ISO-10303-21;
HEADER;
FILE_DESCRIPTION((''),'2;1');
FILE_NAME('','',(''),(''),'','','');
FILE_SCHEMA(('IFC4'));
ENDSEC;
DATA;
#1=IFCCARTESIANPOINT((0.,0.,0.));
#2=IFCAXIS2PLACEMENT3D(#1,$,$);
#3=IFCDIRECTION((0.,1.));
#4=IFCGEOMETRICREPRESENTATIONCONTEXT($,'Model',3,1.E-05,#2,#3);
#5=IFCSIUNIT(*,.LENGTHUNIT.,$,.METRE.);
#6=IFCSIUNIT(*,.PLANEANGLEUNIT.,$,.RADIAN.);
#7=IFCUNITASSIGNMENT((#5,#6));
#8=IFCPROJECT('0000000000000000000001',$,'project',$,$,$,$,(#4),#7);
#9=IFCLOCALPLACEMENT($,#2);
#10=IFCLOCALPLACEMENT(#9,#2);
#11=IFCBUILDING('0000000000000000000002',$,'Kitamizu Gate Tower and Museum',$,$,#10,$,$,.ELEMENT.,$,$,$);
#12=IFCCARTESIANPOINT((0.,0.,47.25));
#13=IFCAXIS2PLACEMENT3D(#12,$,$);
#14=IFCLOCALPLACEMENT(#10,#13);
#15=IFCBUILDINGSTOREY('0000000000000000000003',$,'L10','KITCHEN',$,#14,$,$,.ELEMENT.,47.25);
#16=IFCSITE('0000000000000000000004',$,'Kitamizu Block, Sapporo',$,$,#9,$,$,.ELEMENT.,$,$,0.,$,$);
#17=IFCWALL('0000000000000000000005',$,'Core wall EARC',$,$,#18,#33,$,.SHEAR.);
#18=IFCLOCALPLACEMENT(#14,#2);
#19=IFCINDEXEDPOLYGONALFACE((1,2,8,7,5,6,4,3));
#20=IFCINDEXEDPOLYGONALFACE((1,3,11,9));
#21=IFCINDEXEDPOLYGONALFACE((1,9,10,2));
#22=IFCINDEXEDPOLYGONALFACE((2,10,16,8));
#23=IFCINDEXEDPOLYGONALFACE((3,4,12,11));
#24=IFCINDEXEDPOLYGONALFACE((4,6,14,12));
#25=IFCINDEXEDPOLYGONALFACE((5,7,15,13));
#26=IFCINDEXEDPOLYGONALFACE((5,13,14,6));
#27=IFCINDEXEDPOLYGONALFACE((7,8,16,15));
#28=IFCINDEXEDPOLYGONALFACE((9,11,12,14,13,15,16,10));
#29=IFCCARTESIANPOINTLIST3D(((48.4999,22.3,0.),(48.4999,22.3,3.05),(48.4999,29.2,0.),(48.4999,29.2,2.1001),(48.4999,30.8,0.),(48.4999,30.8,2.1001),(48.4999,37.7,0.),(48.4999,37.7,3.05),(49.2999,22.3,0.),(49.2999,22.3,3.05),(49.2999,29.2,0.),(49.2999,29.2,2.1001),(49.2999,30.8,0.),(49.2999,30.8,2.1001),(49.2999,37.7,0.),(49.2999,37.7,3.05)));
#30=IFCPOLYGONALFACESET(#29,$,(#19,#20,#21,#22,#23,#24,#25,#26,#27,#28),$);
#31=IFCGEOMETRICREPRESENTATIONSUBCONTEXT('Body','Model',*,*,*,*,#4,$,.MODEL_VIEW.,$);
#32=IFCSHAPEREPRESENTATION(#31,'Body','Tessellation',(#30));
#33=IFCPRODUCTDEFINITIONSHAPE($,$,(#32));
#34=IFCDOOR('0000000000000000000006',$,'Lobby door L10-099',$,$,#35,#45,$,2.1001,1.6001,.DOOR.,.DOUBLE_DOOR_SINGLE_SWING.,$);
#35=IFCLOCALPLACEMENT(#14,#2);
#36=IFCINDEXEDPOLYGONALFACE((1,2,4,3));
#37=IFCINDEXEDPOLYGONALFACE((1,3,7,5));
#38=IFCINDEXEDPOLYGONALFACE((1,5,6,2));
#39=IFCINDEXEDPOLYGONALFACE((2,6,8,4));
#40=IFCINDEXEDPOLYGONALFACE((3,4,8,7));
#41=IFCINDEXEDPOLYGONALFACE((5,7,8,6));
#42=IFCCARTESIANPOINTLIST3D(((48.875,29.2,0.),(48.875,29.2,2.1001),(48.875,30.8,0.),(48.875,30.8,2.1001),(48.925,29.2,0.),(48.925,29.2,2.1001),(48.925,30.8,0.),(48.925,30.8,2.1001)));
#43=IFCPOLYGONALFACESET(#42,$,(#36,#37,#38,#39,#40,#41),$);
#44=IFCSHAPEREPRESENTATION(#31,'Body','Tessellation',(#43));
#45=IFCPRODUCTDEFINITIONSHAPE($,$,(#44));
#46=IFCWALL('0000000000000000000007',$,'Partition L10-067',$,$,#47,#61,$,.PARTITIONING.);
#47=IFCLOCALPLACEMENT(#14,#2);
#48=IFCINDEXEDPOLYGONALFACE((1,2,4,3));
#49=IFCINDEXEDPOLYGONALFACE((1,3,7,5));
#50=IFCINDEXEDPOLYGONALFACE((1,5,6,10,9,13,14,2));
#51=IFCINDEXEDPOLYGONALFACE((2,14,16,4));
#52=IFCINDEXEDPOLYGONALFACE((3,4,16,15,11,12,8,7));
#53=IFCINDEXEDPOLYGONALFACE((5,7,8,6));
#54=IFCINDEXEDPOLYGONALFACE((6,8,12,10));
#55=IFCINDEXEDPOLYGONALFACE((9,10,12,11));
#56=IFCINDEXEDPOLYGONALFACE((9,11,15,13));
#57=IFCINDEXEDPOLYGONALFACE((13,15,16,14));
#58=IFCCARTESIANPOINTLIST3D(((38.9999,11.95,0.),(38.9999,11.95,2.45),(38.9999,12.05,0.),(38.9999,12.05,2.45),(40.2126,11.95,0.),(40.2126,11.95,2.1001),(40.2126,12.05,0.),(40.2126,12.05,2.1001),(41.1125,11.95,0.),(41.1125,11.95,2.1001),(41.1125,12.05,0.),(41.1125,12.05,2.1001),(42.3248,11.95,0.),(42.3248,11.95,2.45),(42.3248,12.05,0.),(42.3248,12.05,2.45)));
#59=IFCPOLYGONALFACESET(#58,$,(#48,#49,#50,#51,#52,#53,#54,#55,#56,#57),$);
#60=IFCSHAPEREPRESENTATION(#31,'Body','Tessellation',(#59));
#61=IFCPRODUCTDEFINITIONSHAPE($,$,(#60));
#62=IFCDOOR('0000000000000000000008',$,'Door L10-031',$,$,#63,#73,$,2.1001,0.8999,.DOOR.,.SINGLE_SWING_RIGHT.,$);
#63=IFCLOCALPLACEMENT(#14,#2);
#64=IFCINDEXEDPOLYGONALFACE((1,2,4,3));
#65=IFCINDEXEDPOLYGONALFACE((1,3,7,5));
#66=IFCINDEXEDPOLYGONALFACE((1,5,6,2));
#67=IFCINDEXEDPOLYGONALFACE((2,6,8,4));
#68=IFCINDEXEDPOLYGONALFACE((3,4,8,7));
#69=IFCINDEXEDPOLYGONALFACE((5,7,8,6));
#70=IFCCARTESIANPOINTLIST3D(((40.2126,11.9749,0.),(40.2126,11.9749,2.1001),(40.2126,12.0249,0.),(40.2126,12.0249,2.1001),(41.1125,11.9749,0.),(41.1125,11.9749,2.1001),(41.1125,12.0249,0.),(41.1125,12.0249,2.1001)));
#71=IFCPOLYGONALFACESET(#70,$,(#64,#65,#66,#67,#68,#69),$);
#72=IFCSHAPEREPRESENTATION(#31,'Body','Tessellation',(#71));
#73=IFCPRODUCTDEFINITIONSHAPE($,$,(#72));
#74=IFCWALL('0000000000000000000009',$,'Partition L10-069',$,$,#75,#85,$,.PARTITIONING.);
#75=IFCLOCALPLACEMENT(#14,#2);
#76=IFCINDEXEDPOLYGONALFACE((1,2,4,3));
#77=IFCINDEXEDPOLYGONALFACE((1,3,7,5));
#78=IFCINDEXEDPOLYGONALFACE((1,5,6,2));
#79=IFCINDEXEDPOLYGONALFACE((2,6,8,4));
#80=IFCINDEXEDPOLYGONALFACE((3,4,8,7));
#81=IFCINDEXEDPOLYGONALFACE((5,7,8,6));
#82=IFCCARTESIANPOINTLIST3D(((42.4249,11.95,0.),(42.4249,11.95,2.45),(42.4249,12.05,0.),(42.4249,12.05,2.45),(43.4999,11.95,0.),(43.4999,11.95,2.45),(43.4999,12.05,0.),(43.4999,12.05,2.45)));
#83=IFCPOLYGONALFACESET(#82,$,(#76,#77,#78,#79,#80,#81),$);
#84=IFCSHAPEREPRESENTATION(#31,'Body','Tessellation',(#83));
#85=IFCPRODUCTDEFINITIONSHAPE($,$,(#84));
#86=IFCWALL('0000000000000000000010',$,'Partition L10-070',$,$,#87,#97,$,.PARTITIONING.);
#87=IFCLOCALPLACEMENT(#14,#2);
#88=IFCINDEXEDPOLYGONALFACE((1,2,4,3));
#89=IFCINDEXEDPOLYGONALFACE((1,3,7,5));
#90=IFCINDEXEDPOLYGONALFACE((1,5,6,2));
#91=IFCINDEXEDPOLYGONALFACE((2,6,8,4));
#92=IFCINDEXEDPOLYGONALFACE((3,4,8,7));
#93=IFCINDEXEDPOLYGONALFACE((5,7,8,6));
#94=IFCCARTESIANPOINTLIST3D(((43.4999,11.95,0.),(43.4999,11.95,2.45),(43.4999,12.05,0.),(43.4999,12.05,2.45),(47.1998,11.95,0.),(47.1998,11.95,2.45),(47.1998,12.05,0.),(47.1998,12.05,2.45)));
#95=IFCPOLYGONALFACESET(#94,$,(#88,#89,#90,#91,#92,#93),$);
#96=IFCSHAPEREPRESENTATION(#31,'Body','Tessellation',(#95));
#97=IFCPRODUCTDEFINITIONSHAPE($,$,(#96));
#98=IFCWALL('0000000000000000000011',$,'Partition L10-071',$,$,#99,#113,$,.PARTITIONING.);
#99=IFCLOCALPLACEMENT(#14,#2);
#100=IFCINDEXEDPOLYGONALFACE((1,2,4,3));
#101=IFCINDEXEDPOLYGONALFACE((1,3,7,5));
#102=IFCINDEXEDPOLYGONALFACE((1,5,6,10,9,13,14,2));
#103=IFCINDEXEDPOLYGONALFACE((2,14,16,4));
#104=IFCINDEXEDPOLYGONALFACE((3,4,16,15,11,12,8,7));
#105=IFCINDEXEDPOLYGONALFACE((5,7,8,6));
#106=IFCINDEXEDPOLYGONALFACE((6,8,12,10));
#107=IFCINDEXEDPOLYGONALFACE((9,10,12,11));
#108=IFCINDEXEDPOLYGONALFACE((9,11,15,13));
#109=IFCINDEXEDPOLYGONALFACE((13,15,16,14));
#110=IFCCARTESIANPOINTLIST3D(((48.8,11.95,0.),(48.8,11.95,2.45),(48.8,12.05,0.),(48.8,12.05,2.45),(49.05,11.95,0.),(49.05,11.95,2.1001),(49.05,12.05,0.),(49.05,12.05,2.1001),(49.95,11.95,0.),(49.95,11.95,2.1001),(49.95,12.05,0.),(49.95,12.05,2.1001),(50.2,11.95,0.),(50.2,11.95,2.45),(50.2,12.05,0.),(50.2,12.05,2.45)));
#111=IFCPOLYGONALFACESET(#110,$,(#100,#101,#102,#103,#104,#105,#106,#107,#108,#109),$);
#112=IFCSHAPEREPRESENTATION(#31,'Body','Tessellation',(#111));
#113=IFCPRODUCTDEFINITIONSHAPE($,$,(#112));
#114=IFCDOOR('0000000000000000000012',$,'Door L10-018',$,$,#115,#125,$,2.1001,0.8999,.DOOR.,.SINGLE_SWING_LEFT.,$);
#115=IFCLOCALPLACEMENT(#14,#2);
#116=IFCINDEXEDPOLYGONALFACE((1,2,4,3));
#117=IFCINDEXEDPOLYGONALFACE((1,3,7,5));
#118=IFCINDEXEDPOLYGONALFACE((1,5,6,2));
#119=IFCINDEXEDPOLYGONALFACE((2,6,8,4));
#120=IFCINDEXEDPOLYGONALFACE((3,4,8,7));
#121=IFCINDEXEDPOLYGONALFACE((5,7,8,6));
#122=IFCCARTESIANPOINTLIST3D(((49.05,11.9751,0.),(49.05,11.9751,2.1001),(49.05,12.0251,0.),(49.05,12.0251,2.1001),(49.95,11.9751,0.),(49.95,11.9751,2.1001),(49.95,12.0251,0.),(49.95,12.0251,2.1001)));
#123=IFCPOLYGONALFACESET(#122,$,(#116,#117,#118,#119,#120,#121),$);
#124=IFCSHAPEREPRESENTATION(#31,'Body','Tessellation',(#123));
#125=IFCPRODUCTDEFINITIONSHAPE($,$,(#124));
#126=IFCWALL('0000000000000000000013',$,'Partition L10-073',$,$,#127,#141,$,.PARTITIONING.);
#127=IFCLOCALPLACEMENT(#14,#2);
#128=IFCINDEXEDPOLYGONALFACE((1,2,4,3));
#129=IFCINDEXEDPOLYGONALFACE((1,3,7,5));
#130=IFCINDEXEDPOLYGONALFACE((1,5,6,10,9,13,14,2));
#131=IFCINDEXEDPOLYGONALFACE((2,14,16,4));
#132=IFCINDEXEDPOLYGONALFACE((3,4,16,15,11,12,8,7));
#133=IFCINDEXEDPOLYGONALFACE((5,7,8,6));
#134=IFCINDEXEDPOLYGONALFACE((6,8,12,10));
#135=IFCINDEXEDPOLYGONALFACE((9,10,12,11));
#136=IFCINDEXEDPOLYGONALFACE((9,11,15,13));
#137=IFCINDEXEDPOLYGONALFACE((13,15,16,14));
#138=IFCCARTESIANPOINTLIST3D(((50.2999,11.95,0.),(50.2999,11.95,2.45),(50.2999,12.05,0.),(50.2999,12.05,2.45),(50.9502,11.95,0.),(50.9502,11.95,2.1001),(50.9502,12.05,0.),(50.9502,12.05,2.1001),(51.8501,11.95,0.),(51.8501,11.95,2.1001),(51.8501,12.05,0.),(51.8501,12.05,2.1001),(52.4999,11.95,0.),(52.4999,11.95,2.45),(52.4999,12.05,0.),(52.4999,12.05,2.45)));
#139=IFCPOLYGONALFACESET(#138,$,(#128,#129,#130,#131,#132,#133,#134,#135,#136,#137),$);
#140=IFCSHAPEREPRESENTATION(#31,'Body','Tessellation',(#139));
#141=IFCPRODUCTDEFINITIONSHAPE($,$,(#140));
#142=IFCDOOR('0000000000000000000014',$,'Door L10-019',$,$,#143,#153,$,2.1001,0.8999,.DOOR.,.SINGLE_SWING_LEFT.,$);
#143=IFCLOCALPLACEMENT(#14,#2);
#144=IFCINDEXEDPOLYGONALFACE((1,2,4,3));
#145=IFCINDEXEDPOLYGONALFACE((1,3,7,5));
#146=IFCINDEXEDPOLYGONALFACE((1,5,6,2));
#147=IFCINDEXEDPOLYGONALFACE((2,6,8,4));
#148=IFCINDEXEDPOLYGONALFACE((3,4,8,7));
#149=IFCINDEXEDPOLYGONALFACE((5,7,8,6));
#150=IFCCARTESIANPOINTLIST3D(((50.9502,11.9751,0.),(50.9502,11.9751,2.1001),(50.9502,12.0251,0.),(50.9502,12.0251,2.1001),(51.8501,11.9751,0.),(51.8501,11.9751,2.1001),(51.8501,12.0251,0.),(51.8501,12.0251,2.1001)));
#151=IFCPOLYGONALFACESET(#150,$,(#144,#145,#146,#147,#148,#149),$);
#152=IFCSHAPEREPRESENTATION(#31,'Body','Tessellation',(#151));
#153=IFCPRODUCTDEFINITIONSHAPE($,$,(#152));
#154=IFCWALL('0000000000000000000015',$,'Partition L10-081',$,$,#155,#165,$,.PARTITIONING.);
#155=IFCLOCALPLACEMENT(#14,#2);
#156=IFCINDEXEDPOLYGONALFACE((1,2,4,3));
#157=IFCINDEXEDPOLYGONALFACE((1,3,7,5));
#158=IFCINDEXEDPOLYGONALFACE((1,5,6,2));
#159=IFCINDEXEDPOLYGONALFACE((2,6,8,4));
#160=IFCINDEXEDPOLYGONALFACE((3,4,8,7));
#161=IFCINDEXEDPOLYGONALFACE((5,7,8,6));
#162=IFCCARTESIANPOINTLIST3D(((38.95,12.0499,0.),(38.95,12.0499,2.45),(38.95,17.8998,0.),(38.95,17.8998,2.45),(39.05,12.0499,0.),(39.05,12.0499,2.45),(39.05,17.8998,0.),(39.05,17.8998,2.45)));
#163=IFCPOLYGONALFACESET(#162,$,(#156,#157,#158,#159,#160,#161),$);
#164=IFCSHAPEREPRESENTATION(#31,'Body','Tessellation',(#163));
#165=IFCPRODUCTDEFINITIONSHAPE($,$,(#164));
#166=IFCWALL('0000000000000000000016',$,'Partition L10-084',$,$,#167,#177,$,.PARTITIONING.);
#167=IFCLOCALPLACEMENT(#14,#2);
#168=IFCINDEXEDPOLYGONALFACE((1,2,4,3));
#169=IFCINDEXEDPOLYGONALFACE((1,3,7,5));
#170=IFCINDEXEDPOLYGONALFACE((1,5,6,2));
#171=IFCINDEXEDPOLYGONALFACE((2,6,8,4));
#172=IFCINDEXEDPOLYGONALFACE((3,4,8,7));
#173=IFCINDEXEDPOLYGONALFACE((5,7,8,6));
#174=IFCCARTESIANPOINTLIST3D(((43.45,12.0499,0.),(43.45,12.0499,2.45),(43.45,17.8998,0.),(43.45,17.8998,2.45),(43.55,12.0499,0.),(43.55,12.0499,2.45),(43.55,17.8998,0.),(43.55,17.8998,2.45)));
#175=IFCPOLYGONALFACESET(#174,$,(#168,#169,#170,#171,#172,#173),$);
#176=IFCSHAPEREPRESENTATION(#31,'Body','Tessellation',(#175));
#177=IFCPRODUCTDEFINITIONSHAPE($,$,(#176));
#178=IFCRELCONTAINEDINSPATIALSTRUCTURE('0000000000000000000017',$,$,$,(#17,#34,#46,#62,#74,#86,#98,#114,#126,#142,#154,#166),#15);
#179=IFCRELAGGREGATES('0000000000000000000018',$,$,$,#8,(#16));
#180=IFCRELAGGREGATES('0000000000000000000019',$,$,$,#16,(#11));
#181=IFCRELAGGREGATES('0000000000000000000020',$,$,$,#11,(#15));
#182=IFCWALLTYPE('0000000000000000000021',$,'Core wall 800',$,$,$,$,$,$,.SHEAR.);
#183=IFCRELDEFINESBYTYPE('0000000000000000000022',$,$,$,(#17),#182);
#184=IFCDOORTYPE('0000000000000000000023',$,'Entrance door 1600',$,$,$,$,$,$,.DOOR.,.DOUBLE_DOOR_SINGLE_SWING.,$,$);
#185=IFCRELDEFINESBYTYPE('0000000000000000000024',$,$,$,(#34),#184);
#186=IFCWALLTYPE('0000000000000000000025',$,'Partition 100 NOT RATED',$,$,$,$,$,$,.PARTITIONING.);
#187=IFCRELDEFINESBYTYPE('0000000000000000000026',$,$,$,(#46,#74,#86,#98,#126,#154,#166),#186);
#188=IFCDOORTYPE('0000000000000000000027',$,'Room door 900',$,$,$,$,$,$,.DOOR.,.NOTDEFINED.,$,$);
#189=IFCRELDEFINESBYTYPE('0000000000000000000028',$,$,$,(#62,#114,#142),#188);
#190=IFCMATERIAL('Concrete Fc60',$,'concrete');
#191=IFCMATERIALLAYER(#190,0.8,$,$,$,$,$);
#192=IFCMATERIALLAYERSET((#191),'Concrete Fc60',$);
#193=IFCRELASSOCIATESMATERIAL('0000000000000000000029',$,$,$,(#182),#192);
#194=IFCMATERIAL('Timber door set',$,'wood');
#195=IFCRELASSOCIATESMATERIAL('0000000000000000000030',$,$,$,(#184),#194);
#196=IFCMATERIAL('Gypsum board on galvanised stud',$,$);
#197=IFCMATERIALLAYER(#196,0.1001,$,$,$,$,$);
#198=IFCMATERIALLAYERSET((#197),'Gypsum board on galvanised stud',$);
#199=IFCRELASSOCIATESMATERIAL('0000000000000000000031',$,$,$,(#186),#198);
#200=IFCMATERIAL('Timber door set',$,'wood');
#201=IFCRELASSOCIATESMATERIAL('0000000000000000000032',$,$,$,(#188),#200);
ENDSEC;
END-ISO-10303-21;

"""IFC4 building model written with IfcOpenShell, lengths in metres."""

from ifc_helpers import new_model, si_unit, direction, frame, frame_2d, origin, place, context, subcontext, project, spatial, rectangle, extrude, material, layer, layer_set, type_object, element, fill, save


model = new_model("IFC4")

# Units and contexts
model_context = context("Model", 3, precision=1e-05, world=origin(), true_north=direction((0.0, 1.0)))
body_context = subcontext(model_context, "Body", "Model", "MODEL_VIEW")
ifc_project = project(units=[si_unit("LENGTHUNIT", "METRE"), si_unit("PLANEANGLEUNIT", "RADIAN")], contexts=[model_context])

# Site, building, storey
site_placement = place(None, origin())
site = spatial("IfcSite", under=ifc_project, at=site_placement, Name="Kitamizu Block, Sapporo", CompositionType="ELEMENT", RefElevation=0.0)
building_placement = place(site_placement, origin())
building = spatial("IfcBuilding", under=site, at=building_placement, Name="Kitamizu Gate Tower and Museum", CompositionType="ELEMENT")
storey_placement = place(building_placement, frame((0.0, 0.0, 47.25)))
storey = spatial("IfcBuildingStorey", under=building, at=storey_placement, Name="L10", Description="KITCHEN", CompositionType="ELEMENT", Elevation=47.25)

# Walls, openings, doors
ifc_material_1 = material(Name="Concrete Fc60", Category="concrete")
ifc_layer_1 = layer(ifc_material_1, 0.8)
ifc_layer_set_1 = layer_set([ifc_layer_1], Name="Concrete Fc60")
wall_type_1 = type_object("IfcWallType", Name="Core wall 800", PredefinedType="SHEAR", material=ifc_layer_set_1)
wall_1_placement = place(storey_placement, frame((48.8999, 22.3, 0.0), z_axis=(0.0, 0.0, 1.0), x_axis=(0.0, 1.0, 0.0)))
wall_1 = element("IfcWall", 1, at=wall_1_placement, inside=storey, type_object=wall_type_1, Name="Core wall EARC", PredefinedType="SHEAR", context=body_context, shape_type="SweptSolid", body=[
    extrude(rectangle(XDim=15.3999, YDim=0.8, at=frame_2d((7.7, 0.0))), origin(), (0.0, 0.0, 1.0), 3.05),
])
opening_1_placement = place(wall_1_placement, frame((6.8999, 0.0, 0.0)))
opening_1 = element("IfcOpeningElement", 2, at=opening_1_placement, cuts=wall_1, PredefinedType="OPENING", context=body_context, shape_type="SweptSolid", body=[
    extrude(rectangle(XDim=1.6001, YDim=2.1001, at=frame_2d((0.8, 1.05))), frame((0.0, 0.4102, 0.0), z_axis=(0.0, -1.0, 0.0), x_axis=(1.0, 0.0, 0.0)), (0.0, 0.0, 1.0), 0.8201),
])
ifc_material_2 = material(Name="Timber door set", Category="wood")
door_type_1 = type_object("IfcDoorType", Name="Entrance door 1600", OperationType="DOUBLE_DOOR_SINGLE_SWING", PredefinedType="DOOR", material=ifc_material_2)
door_1_placement = place(opening_1_placement, origin())
door_1 = element("IfcDoor", 3, at=door_1_placement, inside=storey, type_object=door_type_1, Name="Lobby door L10-099", OperationType="DOUBLE_DOOR_SINGLE_SWING", OverallHeight=2.1001, OverallWidth=1.6001, PredefinedType="DOOR", context=body_context, shape_type="SweptSolid", body=[
    extrude(rectangle(XDim=1.6001, YDim=2.1001, at=frame_2d((0.8, 1.05))), frame((0.0, 0.0249, 0.0), z_axis=(0.0, -1.0, 0.0), x_axis=(1.0, 0.0, 0.0)), (0.0, 0.0, 1.0), 0.05),
])
fill(opening_1, door_1)
ifc_material_3 = material(Name="Gypsum board on galvanised stud")
ifc_layer_2 = layer(ifc_material_3, 0.1001)
ifc_layer_set_2 = layer_set([ifc_layer_2], Name="Gypsum board on galvanised stud")
wall_type_2 = type_object("IfcWallType", Name="Partition 100 NOT RATED", PredefinedType="PARTITIONING", material=ifc_layer_set_2)
wall_2_placement = place(storey_placement, frame((42.325, 12.0, 0.0), z_axis=(0.0, 0.0, 1.0), x_axis=(-1.0, 0.0, 0.0)))
wall_2 = element("IfcWall", 4, at=wall_2_placement, inside=storey, type_object=wall_type_2, Name="Partition L10-067", PredefinedType="PARTITIONING", context=body_context, shape_type="SweptSolid", body=[
    extrude(rectangle(XDim=3.325, YDim=0.1001, at=frame_2d((1.6626, 0.0))), origin(), (0.0, 0.0, 1.0), 2.45),
])
opening_2_placement = place(wall_2_placement, frame((1.2124, 0.0, 0.0)))
opening_2 = element("IfcOpeningElement", 5, at=opening_2_placement, cuts=wall_2, PredefinedType="OPENING", context=body_context, shape_type="SweptSolid", body=[
    extrude(rectangle(XDim=0.8999, YDim=2.1001, at=frame_2d((0.45, 1.05))), frame((0.0, 0.0601, 0.0), z_axis=(0.0, -1.0, 0.0), x_axis=(1.0, 0.0, 0.0)), (0.0, 0.0, 1.0), 0.1201),
])
ifc_material_4 = material(Name="Timber door set", Category="wood")
door_type_2 = type_object("IfcDoorType", Name="Room door 900", OperationType="NOTDEFINED", PredefinedType="DOOR", material=ifc_material_4)
door_2_placement = place(opening_2_placement, frame((0.8999, 0.0, 0.0), x_axis=(-1.0, 0.0, 0.0)))
door_2 = element("IfcDoor", 6, at=door_2_placement, inside=storey, type_object=door_type_2, Name="Door L10-031", OperationType="SINGLE_SWING_RIGHT", OverallHeight=2.1001, OverallWidth=0.8999, PredefinedType="DOOR", context=body_context, shape_type="SweptSolid", body=[
    extrude(rectangle(XDim=0.8999, YDim=2.1001, at=frame_2d((0.45, 1.05))), frame((0.0, 0.0249, 0.0), z_axis=(0.0, -1.0, 0.0), x_axis=(1.0, 0.0, 0.0)), (0.0, 0.0, 1.0), 0.05),
])
fill(opening_2, door_2)

# Walls
wall_3_placement = place(storey_placement, frame((43.5, 12.0, 0.0), z_axis=(0.0, 0.0, 1.0), x_axis=(-1.0, 0.0, 0.0)))
element("IfcWall", 7, at=wall_3_placement, inside=storey, type_object=wall_type_2, Name="Partition L10-069", PredefinedType="PARTITIONING", context=body_context, shape_type="SweptSolid", body=[
    extrude(rectangle(XDim=1.075, YDim=0.1001, at=frame_2d((0.5376, 0.0))), origin(), (0.0, 0.0, 1.0), 2.45),
])
wall_4_placement = place(storey_placement, frame((47.2, 12.0, 0.0), z_axis=(0.0, 0.0, 1.0), x_axis=(-1.0, 0.0, 0.0)))
element("IfcWall", 8, at=wall_4_placement, inside=storey, type_object=wall_type_2, Name="Partition L10-070", PredefinedType="PARTITIONING", context=body_context, shape_type="SweptSolid", body=[
    extrude(rectangle(XDim=3.7, YDim=0.1001, at=frame_2d((1.8501, 0.0))), origin(), (0.0, 0.0, 1.0), 2.45),
])

# Walls, openings, doors
wall_5_placement = place(storey_placement, frame((50.2, 12.0, 0.0), z_axis=(0.0, 0.0, 1.0), x_axis=(-1.0, 0.0, 0.0)))
wall_5 = element("IfcWall", 9, at=wall_5_placement, inside=storey, type_object=wall_type_2, Name="Partition L10-071", PredefinedType="PARTITIONING", context=body_context, shape_type="SweptSolid", body=[
    extrude(rectangle(XDim=1.3999, YDim=0.1001, at=frame_2d((0.7, 0.0))), origin(), (0.0, 0.0, 1.0), 2.45),
])
opening_3_placement = place(wall_5_placement, frame((0.25, 0.0, 0.0)))
opening_3 = element("IfcOpeningElement", 10, at=opening_3_placement, cuts=wall_5, PredefinedType="OPENING", context=body_context, shape_type="SweptSolid", body=[
    extrude(rectangle(XDim=0.8999, YDim=2.1001, at=frame_2d((0.45, 1.05))), frame((0.0, 0.0601, 0.0), z_axis=(0.0, -1.0, 0.0), x_axis=(1.0, 0.0, 0.0)), (0.0, 0.0, 1.0), 0.1201),
])
door_3_placement = place(opening_3_placement, origin())
door_3 = element("IfcDoor", 11, at=door_3_placement, inside=storey, type_object=door_type_2, Name="Door L10-018", OperationType="SINGLE_SWING_LEFT", OverallHeight=2.1001, OverallWidth=0.8999, PredefinedType="DOOR", context=body_context, shape_type="SweptSolid", body=[
    extrude(rectangle(XDim=0.8999, YDim=2.1001, at=frame_2d((0.45, 1.05))), frame((0.0, 0.0249, 0.0), z_axis=(0.0, -1.0, 0.0), x_axis=(1.0, 0.0, 0.0)), (0.0, 0.0, 1.0), 0.05),
])
fill(opening_3, door_3)
wall_6_placement = place(storey_placement, frame((52.5, 12.0, 0.0), z_axis=(0.0, 0.0, 1.0), x_axis=(-1.0, 0.0, 0.0)))
wall_6 = element("IfcWall", 12, at=wall_6_placement, inside=storey, type_object=wall_type_2, Name="Partition L10-073", PredefinedType="PARTITIONING", context=body_context, shape_type="SweptSolid", body=[
    extrude(rectangle(XDim=2.2, YDim=0.1001, at=frame_2d((1.1001, 0.0))), origin(), (0.0, 0.0, 1.0), 2.45),
])
opening_4_placement = place(wall_6_placement, frame((0.6499, 0.0, 0.0)))
opening_4 = element("IfcOpeningElement", 13, at=opening_4_placement, cuts=wall_6, PredefinedType="OPENING", context=body_context, shape_type="SweptSolid", body=[
    extrude(rectangle(XDim=0.8999, YDim=2.1001, at=frame_2d((0.45, 1.05))), frame((0.0, 0.0601, 0.0), z_axis=(0.0, -1.0, 0.0), x_axis=(1.0, 0.0, 0.0)), (0.0, 0.0, 1.0), 0.1201),
])
door_4_placement = place(opening_4_placement, origin())
door_4 = element("IfcDoor", 14, at=door_4_placement, inside=storey, type_object=door_type_2, Name="Door L10-019", OperationType="SINGLE_SWING_LEFT", OverallHeight=2.1001, OverallWidth=0.8999, PredefinedType="DOOR", context=body_context, shape_type="SweptSolid", body=[
    extrude(rectangle(XDim=0.8999, YDim=2.1001, at=frame_2d((0.45, 1.05))), frame((0.0, 0.0249, 0.0), z_axis=(0.0, -1.0, 0.0), x_axis=(1.0, 0.0, 0.0)), (0.0, 0.0, 1.0), 0.05),
])
fill(opening_4, door_4)

# Walls
for number, where, z_axis, x_axis, name in (
    (15, (39.0, 12.05, 0.0), (0.0, 0.0, 1.0), (0.0, 1.0, 0.0), "Partition L10-081"),
    (16, (43.5, 12.05, 0.0), (0.0, 0.0, 1.0), (0.0, 1.0, 0.0), "Partition L10-084"),
):
    element("IfcWall", number, at=place(storey_placement, frame(where, z_axis=z_axis, x_axis=x_axis)), inside=storey, type_object=wall_type_2, Name=name, PredefinedType="PARTITIONING", context=body_context, shape_type="SweptSolid", body=[
        extrude(rectangle(XDim=5.8499, YDim=0.1001, at=frame_2d((2.9248, 0.0))), origin(), (0.0, 0.0, 1.0), 2.45),
    ])

save(model, "model.ifc")
